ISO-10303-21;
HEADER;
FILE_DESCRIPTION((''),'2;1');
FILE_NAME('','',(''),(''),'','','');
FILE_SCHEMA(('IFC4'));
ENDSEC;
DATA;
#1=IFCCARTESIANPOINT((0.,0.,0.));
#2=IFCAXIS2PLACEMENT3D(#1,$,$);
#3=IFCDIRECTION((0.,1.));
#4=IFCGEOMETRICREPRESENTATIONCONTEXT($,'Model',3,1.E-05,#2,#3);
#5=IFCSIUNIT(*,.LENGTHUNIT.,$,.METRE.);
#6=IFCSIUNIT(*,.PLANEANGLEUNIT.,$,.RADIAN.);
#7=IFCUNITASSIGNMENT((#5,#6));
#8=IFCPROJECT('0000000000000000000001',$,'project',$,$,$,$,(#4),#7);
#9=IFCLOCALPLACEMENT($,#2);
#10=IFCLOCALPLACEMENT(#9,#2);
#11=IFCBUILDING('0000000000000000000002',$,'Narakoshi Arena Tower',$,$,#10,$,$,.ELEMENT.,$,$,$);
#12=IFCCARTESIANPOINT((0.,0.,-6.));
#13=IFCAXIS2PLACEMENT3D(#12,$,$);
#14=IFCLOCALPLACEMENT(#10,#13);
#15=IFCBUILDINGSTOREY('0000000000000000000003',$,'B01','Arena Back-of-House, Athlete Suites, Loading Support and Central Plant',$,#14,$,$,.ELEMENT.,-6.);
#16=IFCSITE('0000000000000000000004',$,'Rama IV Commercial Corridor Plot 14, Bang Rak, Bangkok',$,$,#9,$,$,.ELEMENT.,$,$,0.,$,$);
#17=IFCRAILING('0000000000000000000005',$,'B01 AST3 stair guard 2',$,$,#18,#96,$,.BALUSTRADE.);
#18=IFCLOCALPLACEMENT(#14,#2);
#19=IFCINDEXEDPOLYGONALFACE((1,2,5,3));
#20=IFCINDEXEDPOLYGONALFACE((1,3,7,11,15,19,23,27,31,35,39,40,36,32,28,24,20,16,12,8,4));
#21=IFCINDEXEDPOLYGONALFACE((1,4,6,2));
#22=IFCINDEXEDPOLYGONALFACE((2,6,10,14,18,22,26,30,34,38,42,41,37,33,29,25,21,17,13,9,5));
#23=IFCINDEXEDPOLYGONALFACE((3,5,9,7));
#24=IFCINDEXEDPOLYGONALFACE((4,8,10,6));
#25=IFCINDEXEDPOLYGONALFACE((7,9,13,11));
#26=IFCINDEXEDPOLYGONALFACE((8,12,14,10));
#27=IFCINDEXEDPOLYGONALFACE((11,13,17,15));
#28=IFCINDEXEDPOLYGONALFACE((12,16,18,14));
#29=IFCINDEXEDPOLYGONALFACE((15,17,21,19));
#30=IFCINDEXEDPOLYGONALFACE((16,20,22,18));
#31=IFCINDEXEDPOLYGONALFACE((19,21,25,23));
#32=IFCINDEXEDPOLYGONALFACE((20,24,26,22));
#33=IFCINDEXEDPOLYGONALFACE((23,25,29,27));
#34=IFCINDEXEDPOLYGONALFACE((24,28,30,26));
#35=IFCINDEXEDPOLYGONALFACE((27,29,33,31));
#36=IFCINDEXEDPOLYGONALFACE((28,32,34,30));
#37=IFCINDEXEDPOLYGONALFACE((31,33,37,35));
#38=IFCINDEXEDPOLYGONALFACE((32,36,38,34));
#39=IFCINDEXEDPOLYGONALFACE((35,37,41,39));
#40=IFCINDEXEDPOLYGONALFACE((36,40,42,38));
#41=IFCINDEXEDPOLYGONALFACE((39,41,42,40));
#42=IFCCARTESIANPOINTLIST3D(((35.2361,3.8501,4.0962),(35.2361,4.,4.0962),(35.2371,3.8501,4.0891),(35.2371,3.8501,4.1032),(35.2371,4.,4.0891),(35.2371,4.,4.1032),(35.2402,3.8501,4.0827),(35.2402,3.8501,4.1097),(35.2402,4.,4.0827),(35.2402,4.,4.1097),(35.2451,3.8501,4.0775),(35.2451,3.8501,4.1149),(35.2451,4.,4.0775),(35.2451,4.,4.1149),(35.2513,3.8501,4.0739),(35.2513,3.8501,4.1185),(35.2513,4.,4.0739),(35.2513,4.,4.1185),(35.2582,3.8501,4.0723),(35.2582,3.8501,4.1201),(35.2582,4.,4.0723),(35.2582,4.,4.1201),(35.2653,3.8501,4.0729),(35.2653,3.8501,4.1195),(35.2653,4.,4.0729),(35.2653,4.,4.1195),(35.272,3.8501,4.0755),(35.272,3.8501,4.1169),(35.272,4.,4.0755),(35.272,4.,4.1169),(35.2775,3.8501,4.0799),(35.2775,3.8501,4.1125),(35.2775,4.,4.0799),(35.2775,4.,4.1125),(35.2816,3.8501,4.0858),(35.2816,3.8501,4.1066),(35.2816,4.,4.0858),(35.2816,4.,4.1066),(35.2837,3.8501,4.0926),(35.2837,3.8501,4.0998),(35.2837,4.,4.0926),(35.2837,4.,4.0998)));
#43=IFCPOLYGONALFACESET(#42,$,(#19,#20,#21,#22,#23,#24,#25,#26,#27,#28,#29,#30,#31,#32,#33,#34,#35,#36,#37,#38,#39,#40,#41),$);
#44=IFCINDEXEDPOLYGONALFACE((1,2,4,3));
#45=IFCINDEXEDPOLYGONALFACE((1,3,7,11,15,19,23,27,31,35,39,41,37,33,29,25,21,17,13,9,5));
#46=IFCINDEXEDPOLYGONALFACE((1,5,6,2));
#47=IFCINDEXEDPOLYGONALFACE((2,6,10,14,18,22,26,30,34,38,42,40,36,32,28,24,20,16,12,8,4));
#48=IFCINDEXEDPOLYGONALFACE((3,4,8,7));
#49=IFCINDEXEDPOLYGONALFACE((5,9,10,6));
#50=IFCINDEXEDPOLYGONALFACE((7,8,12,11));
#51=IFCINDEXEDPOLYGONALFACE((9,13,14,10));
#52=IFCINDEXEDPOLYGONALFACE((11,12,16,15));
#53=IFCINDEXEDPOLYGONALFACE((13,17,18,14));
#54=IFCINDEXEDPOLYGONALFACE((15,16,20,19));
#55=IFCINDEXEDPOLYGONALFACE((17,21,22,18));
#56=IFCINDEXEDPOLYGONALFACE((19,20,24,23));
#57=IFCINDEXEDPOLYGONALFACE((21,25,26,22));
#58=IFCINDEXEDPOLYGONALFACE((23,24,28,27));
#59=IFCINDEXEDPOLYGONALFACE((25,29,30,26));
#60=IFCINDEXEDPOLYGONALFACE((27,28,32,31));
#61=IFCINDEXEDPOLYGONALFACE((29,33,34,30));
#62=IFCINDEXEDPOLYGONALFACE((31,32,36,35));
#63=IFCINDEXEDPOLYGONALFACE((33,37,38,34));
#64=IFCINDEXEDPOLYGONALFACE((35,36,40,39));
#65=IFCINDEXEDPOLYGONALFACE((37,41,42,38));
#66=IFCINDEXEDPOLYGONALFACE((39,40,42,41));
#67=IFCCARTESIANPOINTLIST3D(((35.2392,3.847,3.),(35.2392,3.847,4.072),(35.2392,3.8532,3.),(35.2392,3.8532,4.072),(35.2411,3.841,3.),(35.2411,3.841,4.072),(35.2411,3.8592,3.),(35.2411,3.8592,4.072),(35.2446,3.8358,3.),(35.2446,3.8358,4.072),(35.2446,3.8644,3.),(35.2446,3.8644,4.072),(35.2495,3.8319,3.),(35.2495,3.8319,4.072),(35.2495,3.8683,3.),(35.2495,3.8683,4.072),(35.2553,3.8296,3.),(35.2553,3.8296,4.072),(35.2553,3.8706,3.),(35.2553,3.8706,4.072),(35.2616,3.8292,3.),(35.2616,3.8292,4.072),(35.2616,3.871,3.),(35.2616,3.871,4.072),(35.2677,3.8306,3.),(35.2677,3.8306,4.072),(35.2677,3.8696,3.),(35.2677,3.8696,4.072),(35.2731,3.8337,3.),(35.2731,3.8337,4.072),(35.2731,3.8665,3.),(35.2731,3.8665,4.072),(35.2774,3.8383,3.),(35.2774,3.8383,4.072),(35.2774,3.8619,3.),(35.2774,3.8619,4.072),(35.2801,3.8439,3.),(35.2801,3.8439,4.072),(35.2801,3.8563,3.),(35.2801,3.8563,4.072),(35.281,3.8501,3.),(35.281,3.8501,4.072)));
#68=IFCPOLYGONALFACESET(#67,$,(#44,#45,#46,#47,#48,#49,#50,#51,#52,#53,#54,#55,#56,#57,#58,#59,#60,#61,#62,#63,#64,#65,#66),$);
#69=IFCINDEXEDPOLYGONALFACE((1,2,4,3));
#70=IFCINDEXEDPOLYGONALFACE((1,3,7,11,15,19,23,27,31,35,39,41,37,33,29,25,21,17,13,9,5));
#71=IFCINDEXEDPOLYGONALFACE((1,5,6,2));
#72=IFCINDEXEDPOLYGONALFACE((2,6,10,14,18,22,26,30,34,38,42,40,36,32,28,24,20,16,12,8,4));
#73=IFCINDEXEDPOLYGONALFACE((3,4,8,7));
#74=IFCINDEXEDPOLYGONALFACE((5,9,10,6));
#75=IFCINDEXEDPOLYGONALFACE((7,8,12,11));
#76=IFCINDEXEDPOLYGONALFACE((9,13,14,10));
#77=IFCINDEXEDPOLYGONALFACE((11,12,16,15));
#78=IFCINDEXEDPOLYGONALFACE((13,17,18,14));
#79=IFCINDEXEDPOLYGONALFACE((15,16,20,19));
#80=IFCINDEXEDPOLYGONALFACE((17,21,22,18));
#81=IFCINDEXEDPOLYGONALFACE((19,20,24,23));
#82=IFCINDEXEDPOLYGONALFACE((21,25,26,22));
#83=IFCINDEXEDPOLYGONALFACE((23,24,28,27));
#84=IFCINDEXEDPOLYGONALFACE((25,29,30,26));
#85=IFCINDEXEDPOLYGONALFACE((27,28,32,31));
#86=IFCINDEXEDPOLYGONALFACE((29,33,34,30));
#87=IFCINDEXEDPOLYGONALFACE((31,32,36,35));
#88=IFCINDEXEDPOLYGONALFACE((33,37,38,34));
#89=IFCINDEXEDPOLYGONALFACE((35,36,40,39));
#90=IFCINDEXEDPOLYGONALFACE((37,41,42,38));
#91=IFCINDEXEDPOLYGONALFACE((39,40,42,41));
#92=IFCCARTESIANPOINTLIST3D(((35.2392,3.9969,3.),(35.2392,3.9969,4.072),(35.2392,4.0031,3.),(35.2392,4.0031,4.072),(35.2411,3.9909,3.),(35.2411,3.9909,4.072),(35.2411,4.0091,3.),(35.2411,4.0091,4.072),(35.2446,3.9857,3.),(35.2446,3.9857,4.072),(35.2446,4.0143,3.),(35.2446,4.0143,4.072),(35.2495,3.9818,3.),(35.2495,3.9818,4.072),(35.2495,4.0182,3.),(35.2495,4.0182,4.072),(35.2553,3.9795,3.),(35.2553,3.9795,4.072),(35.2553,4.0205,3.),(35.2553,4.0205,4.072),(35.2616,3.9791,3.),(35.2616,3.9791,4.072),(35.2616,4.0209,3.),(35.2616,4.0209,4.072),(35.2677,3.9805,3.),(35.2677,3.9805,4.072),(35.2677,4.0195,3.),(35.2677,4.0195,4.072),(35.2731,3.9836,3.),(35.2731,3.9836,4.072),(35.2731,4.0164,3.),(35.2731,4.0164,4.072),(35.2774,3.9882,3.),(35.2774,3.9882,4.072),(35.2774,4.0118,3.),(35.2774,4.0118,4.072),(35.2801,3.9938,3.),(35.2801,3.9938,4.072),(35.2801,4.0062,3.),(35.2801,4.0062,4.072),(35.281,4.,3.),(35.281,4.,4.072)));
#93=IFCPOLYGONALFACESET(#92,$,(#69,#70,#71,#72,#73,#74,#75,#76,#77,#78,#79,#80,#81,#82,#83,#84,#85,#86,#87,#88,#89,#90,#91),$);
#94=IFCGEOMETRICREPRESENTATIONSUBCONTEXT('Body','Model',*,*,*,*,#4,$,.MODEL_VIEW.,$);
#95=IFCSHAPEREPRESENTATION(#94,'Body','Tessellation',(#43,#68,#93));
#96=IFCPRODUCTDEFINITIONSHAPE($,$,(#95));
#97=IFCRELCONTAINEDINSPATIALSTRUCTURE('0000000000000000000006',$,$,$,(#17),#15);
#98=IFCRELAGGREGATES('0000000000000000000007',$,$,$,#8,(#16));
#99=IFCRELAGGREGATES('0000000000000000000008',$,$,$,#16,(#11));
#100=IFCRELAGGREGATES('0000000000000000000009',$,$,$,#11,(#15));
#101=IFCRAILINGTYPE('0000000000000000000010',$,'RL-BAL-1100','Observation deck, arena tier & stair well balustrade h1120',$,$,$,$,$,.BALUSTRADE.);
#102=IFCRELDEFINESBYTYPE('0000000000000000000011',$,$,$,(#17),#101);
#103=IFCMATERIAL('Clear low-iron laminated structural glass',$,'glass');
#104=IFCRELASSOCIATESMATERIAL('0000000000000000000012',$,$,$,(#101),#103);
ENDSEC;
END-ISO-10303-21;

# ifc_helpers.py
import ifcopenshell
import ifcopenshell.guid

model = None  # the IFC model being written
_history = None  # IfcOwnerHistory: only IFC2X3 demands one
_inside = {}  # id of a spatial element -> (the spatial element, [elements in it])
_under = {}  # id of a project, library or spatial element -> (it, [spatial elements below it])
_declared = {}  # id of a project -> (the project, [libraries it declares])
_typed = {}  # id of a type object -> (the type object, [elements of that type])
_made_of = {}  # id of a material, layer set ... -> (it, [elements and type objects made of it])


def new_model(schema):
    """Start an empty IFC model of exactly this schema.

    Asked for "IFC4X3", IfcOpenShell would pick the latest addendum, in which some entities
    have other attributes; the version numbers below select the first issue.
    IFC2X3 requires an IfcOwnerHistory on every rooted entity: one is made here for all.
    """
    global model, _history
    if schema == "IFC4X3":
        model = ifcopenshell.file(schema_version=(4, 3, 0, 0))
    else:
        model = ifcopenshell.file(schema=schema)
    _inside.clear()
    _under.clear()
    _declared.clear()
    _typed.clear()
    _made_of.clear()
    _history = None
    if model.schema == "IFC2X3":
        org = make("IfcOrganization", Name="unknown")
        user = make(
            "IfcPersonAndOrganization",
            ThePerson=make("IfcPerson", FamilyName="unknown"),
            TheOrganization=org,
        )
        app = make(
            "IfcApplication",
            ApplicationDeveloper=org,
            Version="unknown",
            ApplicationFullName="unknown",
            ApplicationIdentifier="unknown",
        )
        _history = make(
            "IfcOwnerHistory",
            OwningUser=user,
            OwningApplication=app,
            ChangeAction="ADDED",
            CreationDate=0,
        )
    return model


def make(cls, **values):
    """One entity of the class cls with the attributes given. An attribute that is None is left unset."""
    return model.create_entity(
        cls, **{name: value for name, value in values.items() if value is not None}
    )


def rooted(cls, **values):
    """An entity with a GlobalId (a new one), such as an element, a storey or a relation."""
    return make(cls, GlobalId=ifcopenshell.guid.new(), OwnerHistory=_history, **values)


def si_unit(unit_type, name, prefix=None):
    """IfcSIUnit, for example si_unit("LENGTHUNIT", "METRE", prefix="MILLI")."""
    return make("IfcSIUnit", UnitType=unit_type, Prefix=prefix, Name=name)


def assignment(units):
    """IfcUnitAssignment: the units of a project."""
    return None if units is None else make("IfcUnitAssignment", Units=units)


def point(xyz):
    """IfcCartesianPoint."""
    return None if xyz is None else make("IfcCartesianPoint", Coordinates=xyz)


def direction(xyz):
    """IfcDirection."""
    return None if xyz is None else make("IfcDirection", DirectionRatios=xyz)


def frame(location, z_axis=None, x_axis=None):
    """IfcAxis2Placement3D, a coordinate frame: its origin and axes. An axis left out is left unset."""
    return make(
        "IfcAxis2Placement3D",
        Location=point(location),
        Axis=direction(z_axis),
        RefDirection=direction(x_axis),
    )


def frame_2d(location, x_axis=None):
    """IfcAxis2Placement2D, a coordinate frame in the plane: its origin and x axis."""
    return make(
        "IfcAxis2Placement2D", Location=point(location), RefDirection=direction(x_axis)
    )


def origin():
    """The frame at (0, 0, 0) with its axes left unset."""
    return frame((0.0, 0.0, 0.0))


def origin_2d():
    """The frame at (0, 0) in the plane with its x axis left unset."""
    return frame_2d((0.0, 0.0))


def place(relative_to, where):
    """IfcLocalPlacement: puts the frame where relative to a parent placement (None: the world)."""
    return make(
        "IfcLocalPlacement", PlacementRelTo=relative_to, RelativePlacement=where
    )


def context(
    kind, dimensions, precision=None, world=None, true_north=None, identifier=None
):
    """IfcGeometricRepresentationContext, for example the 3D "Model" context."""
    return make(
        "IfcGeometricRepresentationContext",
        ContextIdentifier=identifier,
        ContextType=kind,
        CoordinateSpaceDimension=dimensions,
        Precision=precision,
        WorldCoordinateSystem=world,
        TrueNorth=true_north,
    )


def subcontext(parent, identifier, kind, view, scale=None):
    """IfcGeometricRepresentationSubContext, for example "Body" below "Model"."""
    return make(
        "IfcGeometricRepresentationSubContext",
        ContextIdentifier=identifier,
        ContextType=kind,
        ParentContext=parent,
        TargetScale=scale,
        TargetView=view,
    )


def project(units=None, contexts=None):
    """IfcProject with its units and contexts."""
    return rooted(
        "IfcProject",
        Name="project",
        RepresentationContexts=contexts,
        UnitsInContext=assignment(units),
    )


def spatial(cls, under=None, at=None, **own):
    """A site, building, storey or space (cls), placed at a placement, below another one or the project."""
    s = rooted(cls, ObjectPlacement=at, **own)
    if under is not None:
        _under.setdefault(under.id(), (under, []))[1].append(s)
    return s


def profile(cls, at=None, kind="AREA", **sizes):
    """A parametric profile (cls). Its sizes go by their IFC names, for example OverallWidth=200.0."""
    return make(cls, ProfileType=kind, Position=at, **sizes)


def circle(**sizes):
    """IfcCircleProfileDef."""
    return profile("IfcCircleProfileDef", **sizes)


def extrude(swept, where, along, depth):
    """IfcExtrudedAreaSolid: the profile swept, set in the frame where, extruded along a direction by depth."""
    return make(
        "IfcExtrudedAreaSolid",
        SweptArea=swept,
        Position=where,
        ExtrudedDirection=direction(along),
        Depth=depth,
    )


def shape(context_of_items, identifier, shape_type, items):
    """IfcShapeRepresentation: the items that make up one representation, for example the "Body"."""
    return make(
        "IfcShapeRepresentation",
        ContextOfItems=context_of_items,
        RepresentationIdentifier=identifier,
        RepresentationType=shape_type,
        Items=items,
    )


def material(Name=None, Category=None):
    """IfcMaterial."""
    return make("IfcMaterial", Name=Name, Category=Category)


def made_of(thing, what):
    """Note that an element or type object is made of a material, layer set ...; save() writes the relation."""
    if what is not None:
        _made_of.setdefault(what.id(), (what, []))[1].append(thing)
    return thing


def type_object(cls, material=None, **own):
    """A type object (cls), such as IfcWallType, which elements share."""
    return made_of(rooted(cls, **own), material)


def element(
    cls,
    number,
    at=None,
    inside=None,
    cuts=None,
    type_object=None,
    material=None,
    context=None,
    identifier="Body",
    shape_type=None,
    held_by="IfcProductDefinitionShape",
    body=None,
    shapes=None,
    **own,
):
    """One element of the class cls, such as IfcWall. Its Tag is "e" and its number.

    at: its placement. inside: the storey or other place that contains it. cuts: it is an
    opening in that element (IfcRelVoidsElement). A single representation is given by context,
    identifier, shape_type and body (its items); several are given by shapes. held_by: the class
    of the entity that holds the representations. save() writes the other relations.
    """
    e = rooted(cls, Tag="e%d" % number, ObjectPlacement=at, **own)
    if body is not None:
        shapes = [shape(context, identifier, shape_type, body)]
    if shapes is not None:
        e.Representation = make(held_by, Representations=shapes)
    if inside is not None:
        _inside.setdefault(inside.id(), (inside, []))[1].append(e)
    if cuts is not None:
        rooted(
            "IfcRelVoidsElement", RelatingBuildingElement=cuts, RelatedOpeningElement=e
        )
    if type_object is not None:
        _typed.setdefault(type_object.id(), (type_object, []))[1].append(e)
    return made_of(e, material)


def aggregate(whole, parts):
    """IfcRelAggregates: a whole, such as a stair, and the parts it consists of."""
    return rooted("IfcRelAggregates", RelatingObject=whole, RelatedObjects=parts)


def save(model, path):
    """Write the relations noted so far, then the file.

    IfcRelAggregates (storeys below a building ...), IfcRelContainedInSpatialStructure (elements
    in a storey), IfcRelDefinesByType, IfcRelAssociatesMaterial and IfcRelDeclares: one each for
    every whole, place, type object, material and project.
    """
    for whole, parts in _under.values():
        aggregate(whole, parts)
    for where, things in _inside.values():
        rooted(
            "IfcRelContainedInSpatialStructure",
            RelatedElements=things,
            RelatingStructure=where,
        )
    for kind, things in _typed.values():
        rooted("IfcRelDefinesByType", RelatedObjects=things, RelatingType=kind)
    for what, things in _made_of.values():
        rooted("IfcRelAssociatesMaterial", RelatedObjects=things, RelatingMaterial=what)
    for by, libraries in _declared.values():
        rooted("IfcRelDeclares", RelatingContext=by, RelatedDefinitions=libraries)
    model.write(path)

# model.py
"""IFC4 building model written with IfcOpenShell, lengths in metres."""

from ifc_helpers import new_model, si_unit, direction, frame, origin, origin_2d, place, context, subcontext, project, spatial, circle, extrude, material, type_object, element, save


model = new_model("IFC4")

# Units and contexts
model_context = context("Model", 3, precision=1e-05, world=origin(), true_north=direction((0.0, 1.0)))
body_context = subcontext(model_context, "Body", "Model", "MODEL_VIEW")
ifc_project = project(units=[si_unit("LENGTHUNIT", "METRE"), si_unit("PLANEANGLEUNIT", "RADIAN")], contexts=[model_context])

# Site, building, storey
site_placement = place(None, origin())
site = spatial("IfcSite", under=ifc_project, at=site_placement, Name="Rama IV Commercial Corridor Plot 14, Bang Rak, Bangkok", CompositionType="ELEMENT", RefElevation=0.0)
building_placement = place(site_placement, origin())
building = spatial("IfcBuilding", under=site, at=building_placement, Name="Narakoshi Arena Tower", CompositionType="ELEMENT")
storey_placement = place(building_placement, frame((0.0, 0.0, -6.0)))
storey = spatial("IfcBuildingStorey", under=building, at=storey_placement, Name="B01", Description="Arena Back-of-House, Athlete Suites, Loading Support and Central Plant", CompositionType="ELEMENT", Elevation=-6.0)

# Railing
ifc_material_1 = material(Name="Clear low-iron laminated structural glass", Category="glass")
railing_type_1 = type_object("IfcRailingType", Name="RL-BAL-1100", Description="Observation deck, arena tier & stair well balustrade h1120", PredefinedType="BALUSTRADE", material=ifc_material_1)
railing_1_placement = place(storey_placement, frame((35.26, 3.8501, 3.0)))
element("IfcRailing", 1, at=railing_1_placement, inside=storey, type_object=railing_type_1, Name="B01 AST3 stair guard 2", PredefinedType="BALUSTRADE", context=body_context, shape_type="SweptSolid", body=[
    extrude(circle(Radius=0.0239, at=origin_2d()), frame((0.0, 0.0, 1.0962), z_axis=(0.0, 1.0, 0.0), x_axis=(-1.0, 0.0, 0.0)), (0.0, 0.0, 1.0), 0.1499),
    extrude(circle(Radius=0.021, at=origin_2d()), origin(), (0.0, 0.0, 1.0), 1.072),
    extrude(circle(Radius=0.021, at=origin_2d()), frame((0.0, 0.1499, 0.0)), (0.0, 0.0, 1.0), 1.072),
])

save(model, "model.ifc")
